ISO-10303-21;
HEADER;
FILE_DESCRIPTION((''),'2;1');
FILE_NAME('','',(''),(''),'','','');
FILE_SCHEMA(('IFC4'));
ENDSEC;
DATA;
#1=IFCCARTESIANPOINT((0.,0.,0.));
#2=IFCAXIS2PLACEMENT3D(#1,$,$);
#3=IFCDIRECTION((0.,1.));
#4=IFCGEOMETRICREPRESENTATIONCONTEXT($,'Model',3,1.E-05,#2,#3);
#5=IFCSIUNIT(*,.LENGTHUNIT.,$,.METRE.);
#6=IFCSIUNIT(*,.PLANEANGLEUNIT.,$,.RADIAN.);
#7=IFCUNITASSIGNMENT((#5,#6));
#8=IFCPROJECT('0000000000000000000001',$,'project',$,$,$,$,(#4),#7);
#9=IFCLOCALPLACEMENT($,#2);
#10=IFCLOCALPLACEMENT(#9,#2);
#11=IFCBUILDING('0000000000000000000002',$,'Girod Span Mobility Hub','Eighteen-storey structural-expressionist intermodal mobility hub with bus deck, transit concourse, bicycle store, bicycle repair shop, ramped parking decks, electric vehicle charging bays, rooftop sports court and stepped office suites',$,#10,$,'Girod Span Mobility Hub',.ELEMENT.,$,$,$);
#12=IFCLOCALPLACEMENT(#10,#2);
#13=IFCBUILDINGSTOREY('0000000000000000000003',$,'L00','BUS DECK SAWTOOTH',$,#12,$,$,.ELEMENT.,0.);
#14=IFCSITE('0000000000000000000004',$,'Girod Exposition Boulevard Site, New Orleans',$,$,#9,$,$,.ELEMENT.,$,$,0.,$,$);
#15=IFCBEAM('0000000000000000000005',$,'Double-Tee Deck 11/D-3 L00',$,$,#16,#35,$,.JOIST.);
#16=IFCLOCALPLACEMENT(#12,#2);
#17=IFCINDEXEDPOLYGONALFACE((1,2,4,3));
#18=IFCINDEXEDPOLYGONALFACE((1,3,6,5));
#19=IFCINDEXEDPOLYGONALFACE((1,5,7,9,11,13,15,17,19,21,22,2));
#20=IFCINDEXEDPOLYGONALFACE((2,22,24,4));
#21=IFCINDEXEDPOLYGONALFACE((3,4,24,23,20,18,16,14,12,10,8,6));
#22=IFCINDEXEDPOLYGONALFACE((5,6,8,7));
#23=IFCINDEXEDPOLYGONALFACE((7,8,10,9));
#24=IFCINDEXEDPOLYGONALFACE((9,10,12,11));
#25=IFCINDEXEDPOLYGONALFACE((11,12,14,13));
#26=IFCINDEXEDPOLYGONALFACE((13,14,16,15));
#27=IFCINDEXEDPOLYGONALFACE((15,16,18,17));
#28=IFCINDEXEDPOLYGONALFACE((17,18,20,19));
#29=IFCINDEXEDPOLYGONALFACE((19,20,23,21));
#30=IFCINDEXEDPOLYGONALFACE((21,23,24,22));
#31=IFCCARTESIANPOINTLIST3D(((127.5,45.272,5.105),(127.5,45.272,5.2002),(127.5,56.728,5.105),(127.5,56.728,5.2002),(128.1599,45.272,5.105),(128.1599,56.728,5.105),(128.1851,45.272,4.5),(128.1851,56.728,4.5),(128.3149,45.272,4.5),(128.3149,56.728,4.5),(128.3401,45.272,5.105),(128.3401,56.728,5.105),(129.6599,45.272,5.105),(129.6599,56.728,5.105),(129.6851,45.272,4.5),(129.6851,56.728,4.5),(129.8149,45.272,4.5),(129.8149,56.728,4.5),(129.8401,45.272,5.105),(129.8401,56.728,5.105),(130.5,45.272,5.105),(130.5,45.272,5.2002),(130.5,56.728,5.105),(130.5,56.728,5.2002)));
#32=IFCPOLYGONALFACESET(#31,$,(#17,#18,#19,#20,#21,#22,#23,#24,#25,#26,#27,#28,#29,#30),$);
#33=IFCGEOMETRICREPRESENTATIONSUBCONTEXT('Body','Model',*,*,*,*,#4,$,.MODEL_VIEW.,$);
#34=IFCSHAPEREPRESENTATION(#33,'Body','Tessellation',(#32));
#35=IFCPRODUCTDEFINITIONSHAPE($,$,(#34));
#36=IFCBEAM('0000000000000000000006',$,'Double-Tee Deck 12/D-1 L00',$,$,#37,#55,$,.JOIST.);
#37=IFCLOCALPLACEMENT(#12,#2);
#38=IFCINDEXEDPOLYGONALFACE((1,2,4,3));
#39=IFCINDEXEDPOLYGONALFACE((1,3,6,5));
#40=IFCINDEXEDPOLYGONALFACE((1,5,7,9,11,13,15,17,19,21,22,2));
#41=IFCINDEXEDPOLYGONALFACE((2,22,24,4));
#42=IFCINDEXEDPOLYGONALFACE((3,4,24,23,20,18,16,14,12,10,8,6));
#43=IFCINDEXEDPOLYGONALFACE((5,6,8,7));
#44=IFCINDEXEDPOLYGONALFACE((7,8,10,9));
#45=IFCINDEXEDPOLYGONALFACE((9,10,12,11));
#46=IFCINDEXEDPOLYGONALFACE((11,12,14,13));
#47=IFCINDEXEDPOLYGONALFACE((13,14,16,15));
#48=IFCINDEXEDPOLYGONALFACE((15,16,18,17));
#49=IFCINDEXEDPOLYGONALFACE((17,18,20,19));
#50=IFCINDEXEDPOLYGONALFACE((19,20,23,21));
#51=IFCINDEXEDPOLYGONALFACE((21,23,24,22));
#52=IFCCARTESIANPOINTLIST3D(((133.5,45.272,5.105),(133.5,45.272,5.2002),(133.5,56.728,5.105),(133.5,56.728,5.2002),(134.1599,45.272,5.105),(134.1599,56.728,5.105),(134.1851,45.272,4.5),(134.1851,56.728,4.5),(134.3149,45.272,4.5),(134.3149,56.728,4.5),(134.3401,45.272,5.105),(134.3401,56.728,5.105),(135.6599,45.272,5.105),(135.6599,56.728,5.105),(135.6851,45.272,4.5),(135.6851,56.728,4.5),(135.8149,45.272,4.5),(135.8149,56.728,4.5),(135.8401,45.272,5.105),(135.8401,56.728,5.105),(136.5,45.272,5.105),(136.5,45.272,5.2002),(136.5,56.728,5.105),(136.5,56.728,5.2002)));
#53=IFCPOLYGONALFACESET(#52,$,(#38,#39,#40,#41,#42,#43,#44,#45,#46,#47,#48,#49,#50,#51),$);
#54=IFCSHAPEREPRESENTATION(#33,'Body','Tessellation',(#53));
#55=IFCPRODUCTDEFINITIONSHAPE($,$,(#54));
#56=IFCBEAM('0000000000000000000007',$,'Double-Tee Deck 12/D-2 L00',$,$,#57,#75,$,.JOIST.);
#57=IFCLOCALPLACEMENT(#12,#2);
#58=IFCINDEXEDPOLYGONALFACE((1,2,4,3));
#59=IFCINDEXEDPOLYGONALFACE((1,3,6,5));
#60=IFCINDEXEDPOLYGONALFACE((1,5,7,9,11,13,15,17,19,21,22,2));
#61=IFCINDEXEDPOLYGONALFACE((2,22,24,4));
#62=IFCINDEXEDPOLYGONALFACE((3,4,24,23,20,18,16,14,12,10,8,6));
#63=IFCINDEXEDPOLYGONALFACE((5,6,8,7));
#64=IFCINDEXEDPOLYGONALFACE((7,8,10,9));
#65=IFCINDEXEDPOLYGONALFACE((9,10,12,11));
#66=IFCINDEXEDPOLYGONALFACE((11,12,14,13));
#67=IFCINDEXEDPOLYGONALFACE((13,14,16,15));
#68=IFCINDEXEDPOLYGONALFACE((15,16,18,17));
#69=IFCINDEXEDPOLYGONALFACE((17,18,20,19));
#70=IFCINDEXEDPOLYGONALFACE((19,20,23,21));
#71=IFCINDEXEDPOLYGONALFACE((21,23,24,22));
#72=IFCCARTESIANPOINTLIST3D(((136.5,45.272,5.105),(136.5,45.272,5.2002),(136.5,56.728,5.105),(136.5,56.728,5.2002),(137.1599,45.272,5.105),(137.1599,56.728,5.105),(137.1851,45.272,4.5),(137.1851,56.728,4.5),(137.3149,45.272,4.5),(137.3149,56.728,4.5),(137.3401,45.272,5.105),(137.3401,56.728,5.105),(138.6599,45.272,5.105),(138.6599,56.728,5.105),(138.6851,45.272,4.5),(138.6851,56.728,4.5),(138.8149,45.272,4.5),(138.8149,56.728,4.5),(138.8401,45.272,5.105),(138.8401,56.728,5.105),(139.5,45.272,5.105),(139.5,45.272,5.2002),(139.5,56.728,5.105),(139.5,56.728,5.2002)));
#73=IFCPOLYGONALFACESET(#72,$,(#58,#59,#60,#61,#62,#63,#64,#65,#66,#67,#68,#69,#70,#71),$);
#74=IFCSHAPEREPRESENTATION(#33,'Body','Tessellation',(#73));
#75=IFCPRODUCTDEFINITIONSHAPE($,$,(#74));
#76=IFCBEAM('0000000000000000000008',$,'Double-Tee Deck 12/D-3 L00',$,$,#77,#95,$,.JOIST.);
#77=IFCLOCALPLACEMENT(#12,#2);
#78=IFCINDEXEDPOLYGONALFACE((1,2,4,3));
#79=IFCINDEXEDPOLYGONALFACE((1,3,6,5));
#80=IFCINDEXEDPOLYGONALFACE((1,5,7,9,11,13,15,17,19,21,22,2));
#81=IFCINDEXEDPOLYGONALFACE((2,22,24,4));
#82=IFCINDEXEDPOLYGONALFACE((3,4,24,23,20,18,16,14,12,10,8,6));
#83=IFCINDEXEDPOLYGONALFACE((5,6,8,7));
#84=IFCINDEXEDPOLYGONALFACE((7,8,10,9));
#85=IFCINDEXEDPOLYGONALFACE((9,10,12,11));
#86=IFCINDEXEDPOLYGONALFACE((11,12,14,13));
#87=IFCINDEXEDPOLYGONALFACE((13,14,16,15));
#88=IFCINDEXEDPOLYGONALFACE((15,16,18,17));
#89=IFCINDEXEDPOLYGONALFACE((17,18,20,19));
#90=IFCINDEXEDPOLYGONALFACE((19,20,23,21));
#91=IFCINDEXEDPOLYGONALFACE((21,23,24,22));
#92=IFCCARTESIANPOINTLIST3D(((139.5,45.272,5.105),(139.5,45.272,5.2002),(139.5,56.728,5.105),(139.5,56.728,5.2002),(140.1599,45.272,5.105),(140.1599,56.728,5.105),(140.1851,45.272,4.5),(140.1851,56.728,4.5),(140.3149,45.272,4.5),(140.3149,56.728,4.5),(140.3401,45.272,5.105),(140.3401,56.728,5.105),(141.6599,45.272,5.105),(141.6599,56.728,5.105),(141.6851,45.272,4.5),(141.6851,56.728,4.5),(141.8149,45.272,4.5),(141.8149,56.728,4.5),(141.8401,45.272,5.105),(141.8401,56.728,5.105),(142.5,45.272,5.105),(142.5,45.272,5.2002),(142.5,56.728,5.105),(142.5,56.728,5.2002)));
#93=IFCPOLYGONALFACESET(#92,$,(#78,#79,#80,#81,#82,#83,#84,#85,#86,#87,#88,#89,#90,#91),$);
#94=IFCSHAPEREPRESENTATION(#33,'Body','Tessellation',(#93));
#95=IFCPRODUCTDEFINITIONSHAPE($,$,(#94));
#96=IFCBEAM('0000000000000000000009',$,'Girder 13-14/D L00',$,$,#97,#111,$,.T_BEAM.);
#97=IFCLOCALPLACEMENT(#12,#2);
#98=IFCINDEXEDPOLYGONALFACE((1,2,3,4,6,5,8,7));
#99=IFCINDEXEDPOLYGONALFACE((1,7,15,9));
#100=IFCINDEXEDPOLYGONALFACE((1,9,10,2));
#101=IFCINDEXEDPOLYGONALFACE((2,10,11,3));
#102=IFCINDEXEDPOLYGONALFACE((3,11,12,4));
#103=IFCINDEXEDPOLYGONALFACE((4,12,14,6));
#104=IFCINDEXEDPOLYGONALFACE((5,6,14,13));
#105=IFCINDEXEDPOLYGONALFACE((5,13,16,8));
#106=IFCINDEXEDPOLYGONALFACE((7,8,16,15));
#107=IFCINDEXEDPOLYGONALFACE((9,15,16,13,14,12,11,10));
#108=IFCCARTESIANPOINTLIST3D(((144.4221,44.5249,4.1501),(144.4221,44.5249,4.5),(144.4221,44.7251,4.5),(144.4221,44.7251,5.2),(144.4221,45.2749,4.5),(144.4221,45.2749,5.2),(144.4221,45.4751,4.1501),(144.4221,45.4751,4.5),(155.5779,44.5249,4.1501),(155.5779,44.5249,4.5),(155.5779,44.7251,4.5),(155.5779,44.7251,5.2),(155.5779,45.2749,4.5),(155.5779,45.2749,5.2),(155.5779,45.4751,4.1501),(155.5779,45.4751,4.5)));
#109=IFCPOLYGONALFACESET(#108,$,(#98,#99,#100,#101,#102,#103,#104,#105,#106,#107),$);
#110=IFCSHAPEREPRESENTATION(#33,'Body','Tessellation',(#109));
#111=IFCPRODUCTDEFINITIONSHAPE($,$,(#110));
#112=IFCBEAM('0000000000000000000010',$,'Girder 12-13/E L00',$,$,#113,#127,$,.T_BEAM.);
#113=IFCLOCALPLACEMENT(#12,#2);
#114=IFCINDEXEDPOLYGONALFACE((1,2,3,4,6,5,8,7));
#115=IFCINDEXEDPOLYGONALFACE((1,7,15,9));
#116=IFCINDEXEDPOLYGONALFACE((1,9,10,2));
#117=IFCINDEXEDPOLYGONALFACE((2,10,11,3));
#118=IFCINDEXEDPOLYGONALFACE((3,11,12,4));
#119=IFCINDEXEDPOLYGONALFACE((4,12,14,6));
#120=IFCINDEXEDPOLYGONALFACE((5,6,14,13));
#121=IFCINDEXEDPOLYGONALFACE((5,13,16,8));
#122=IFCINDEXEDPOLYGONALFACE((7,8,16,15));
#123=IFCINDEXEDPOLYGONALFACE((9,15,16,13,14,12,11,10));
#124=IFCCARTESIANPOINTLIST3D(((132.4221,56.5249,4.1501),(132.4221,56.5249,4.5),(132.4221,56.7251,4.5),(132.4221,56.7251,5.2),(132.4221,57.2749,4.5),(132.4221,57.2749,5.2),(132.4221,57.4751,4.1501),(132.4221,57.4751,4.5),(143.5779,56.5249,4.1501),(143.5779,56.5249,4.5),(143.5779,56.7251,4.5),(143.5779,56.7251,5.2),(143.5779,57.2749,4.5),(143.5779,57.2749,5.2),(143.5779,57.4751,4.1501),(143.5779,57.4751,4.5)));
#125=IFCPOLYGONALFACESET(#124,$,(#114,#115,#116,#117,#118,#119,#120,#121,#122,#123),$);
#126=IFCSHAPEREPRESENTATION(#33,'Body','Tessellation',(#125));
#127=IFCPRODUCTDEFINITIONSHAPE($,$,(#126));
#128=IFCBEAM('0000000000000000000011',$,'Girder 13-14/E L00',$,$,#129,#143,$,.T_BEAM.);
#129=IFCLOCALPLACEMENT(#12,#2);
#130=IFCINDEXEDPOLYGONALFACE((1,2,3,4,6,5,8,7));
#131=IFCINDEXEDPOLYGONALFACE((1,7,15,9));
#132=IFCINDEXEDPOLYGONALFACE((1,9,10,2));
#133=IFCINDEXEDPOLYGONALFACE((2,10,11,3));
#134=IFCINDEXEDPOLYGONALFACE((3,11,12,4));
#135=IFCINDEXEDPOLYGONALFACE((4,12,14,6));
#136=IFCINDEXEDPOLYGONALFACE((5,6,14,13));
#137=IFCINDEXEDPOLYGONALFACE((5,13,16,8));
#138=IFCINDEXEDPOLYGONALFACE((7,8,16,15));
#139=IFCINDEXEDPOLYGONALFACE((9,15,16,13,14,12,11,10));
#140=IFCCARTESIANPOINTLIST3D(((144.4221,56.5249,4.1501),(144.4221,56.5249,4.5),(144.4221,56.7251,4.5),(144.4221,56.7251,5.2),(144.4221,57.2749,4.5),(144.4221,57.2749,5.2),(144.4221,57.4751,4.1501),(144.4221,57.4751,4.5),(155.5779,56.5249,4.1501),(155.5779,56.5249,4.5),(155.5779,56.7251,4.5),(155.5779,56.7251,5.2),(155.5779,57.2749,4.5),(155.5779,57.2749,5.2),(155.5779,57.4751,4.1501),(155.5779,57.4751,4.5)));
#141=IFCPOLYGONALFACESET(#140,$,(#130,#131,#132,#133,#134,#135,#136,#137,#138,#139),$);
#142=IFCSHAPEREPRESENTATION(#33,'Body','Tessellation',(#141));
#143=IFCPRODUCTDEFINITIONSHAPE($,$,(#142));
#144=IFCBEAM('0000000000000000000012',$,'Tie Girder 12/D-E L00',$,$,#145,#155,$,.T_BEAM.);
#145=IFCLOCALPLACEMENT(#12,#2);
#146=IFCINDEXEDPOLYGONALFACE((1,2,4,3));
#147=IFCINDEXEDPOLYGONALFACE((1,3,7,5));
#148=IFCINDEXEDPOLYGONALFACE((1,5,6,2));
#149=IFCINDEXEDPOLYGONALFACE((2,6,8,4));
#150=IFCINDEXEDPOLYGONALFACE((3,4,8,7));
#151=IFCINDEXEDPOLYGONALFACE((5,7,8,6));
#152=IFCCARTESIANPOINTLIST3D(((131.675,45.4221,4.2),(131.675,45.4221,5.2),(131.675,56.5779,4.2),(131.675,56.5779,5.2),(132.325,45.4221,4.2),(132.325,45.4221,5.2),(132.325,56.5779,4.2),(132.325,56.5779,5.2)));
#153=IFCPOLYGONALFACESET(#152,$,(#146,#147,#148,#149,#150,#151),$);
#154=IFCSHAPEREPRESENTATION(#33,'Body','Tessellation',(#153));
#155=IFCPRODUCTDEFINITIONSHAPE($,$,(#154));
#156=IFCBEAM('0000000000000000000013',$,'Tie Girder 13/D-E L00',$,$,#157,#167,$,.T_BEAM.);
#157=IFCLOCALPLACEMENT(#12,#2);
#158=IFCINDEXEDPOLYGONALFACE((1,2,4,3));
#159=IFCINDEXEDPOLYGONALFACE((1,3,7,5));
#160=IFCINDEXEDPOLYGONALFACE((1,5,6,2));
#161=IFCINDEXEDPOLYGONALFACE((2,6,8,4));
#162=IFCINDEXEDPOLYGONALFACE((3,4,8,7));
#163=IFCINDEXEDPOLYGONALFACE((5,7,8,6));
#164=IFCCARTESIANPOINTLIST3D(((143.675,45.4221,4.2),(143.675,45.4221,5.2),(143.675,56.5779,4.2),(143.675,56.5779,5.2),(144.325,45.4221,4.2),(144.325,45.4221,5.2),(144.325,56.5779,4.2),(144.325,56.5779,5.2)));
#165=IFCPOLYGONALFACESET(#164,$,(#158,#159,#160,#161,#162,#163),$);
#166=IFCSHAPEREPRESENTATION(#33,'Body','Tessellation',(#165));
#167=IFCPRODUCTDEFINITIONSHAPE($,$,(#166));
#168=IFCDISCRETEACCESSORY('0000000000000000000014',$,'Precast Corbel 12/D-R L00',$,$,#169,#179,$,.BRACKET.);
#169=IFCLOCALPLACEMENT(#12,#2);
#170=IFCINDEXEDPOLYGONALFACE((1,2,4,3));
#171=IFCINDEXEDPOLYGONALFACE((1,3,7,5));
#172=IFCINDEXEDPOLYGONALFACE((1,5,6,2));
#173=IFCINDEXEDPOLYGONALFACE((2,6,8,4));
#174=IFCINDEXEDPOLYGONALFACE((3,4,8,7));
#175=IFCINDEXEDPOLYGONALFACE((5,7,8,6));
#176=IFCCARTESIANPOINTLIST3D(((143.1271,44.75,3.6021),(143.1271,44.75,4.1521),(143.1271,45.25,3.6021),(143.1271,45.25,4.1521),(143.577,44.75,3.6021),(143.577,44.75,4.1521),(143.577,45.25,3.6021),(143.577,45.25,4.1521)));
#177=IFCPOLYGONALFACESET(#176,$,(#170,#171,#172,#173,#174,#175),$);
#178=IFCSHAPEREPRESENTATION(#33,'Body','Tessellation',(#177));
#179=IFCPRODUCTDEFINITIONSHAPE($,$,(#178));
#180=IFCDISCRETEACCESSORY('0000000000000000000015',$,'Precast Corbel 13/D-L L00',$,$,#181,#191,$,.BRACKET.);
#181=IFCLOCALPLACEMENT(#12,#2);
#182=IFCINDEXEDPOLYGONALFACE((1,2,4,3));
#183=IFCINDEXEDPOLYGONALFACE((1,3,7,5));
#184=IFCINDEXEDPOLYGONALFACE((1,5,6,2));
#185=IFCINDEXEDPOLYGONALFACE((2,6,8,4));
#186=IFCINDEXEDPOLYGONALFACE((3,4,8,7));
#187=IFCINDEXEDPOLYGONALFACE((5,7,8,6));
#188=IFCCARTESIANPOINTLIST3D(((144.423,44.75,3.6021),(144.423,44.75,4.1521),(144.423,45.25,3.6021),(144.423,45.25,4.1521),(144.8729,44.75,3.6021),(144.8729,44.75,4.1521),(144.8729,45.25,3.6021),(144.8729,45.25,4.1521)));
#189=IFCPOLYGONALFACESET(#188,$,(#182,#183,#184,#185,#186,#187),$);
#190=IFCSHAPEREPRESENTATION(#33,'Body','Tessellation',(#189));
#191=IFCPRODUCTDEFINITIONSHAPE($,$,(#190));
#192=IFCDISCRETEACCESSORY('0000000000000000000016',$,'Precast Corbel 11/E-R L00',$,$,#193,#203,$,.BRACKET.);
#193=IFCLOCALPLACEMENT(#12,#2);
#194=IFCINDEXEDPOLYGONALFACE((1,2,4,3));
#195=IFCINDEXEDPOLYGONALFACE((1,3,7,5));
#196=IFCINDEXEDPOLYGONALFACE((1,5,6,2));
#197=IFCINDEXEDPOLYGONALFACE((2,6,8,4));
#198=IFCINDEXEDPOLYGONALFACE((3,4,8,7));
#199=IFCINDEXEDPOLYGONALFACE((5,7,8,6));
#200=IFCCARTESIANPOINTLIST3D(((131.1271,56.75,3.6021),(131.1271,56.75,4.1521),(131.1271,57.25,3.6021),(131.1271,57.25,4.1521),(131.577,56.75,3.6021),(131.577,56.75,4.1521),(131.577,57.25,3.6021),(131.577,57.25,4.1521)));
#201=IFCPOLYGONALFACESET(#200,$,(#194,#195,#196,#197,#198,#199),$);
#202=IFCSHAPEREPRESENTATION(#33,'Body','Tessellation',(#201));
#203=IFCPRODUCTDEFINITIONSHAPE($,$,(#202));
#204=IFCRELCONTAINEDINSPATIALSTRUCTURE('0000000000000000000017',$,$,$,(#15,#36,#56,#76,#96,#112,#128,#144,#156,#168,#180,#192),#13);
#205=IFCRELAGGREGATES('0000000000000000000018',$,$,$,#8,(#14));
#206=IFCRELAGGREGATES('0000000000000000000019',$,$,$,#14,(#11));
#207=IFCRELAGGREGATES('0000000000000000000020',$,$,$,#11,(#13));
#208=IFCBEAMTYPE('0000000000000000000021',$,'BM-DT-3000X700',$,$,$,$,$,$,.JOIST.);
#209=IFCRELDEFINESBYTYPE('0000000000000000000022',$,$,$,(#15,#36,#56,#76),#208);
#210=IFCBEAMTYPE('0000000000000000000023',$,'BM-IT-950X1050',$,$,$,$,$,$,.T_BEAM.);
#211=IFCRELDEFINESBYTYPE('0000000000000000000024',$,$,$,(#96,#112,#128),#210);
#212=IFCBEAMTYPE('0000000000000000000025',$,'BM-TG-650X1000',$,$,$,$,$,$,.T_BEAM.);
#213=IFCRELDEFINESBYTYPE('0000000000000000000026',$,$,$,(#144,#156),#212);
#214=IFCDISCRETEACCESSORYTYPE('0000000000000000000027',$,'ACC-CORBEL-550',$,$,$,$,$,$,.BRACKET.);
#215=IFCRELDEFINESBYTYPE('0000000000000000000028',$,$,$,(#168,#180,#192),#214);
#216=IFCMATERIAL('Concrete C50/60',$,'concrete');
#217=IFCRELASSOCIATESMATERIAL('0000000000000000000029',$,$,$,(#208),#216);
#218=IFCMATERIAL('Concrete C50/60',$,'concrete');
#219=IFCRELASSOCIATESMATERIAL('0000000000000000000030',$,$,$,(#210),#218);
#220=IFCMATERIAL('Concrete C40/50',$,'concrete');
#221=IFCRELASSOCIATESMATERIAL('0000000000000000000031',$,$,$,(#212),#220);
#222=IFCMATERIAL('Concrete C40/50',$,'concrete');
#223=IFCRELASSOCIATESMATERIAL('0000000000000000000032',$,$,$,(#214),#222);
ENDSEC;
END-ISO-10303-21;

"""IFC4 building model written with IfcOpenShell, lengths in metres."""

from ifc_helpers import new_model, si_unit, direction, frame, origin, origin_2d, place, context, subcontext, project, spatial, polyline, rectangle, outline, extrude, material, material_profile, profile_set, type_object, element, save


model = new_model("IFC4")

# Units and contexts
model_context = context("Model", 3, precision=1e-05, world=origin(), true_north=direction((0.0, 1.0)))
body_context = subcontext(model_context, "Body", "Model", "MODEL_VIEW")
ifc_project = project(units=[si_unit("LENGTHUNIT", "METRE"), si_unit("PLANEANGLEUNIT", "RADIAN")], contexts=[model_context])

# Site, building, storey
site_placement = place(None, origin())
site = spatial("IfcSite", under=ifc_project, at=site_placement, Name="Girod Exposition Boulevard Site, New Orleans", CompositionType="ELEMENT", RefElevation=0.0)
building_placement = place(site_placement, origin())
building = spatial("IfcBuilding", under=site, at=building_placement, Name="Girod Span Mobility Hub", Description="Eighteen-storey structural-expressionist intermodal mobility hub with bus deck, transit concourse, bicycle store, bicycle repair shop, ramped parking decks, electric vehicle charging bays, rooftop sports court and stepped office suites", LongName="Girod Span Mobility Hub", CompositionType="ELEMENT")
storey_placement = place(building_placement, origin())
storey = spatial("IfcBuildingStorey", under=building, at=storey_placement, Name="L00", Description="BUS DECK SAWTOOTH", CompositionType="ELEMENT", Elevation=0.0)

# Beams
ifc_material_1 = material(Name="Concrete C50/60", Category="concrete")
ifc_material_profile_1 = material_profile(ifc_material_1, outline(polyline([(-1.5, 0.3501), (-1.5, 0.2549), (-0.8401, 0.2549), (-0.8149, -0.3501), (-0.6851, -0.3501), (-0.6599, 0.2549), (0.6599, 0.2549), (0.6851, -0.3501), (0.8149, -0.3501), (0.8401, 0.2549), (1.5, 0.2549), (1.5, 0.3501), (-1.5, 0.3501)])), Name="DT-3000X700")
ifc_profile_set_1 = profile_set([ifc_material_profile_1], Name="Concrete C50/60")
beam_type_1 = type_object("IfcBeamType", Name="BM-DT-3000X700", PredefinedType="JOIST", material=ifc_profile_set_1)
for number, where, z_axis, x_axis, name in (
    (1, (129.0, 45.272, 4.8501), (0.0, 1.0, 0.0), (-1.0, 0.0, 0.0), "Double-Tee Deck 11/D-3 L00"),
    (2, (135.0, 45.272, 4.8501), (0.0, 1.0, 0.0), (-1.0, 0.0, 0.0), "Double-Tee Deck 12/D-1 L00"),
    (3, (138.0, 45.272, 4.8501), (0.0, 1.0, 0.0), (-1.0, 0.0, 0.0), "Double-Tee Deck 12/D-2 L00"),
    (4, (141.0, 45.272, 4.8501), (0.0, 1.0, 0.0), (-1.0, 0.0, 0.0), "Double-Tee Deck 12/D-3 L00"),
):
    element("IfcBeam", number, at=place(storey_placement, frame(where, z_axis=z_axis, x_axis=x_axis)), inside=storey, type_object=beam_type_1, Name=name, PredefinedType="JOIST", context=body_context, shape_type="SweptSolid", body=[
        extrude(outline(polyline([(-1.5, 0.3501), (-1.5, 0.2549), (-0.8401, 0.2549), (-0.8149, -0.3501), (-0.6851, -0.3501), (-0.6599, 0.2549), (0.6599, 0.2549), (0.6851, -0.3501), (0.8149, -0.3501), (0.8401, 0.2549), (1.5, 0.2549), (1.5, 0.3501), (-1.5, 0.3501)])), origin(), (0.0, 0.0, 1.0), 11.4561),
    ])
ifc_material_2 = material(Name="Concrete C50/60", Category="concrete")
ifc_material_profile_2 = material_profile(ifc_material_2, outline(polyline([(-0.4751, -0.5249), (0.4751, -0.5249), (0.4751, -0.175), (0.2749, -0.175), (0.2749, 0.5249), (-0.2749, 0.5249), (-0.2749, -0.175), (-0.4751, -0.175), (-0.4751, -0.5249)])), Name="IT-950X1050")
ifc_profile_set_2 = profile_set([ifc_material_profile_2], Name="Concrete C50/60")
beam_type_2 = type_object("IfcBeamType", Name="BM-IT-950X1050", PredefinedType="T_BEAM", material=ifc_profile_set_2)
for number, where, z_axis, x_axis, name in (
    (5, (144.4221, 45.0, 4.675), (1.0, 0.0, 0.0), (0.0, 1.0, 0.0), "Girder 13-14/D L00"),
    (6, (132.4221, 57.0, 4.675), (1.0, 0.0, 0.0), (0.0, 1.0, 0.0), "Girder 12-13/E L00"),
    (7, (144.4221, 57.0, 4.675), (1.0, 0.0, 0.0), (0.0, 1.0, 0.0), "Girder 13-14/E L00"),
):
    element("IfcBeam", number, at=place(storey_placement, frame(where, z_axis=z_axis, x_axis=x_axis)), inside=storey, type_object=beam_type_2, Name=name, PredefinedType="T_BEAM", context=body_context, shape_type="SweptSolid", body=[
        extrude(outline(polyline([(-0.4751, -0.5249), (0.4751, -0.5249), (0.4751, -0.175), (0.2749, -0.175), (0.2749, 0.5249), (-0.2749, 0.5249), (-0.2749, -0.175), (-0.4751, -0.175), (-0.4751, -0.5249)])), origin(), (0.0, 0.0, 1.0), 11.1558),
    ])
ifc_material_3 = material(Name="Concrete C40/50", Category="concrete")
ifc_material_profile_3 = material_profile(ifc_material_3, rectangle(XDim=0.6499, YDim=1.0, at=origin_2d()), Name="TG-650X1000")
ifc_profile_set_3 = profile_set([ifc_material_profile_3], Name="Concrete C40/50")
beam_type_3 = type_object("IfcBeamType", Name="BM-TG-650X1000", PredefinedType="T_BEAM", material=ifc_profile_set_3)
for number, where, z_axis, x_axis, name in (
    (8, (132.0, 45.4221, 4.7), (0.0, 1.0, 0.0), (-1.0, 0.0, 0.0), "Tie Girder 12/D-E L00"),
    (9, (144.0, 45.4221, 4.7), (0.0, 1.0, 0.0), (-1.0, 0.0, 0.0), "Tie Girder 13/D-E L00"),
):
    element("IfcBeam", number, at=place(storey_placement, frame(where, z_axis=z_axis, x_axis=x_axis)), inside=storey, type_object=beam_type_3, Name=name, PredefinedType="T_BEAM", context=body_context, shape_type="SweptSolid", body=[
        extrude(rectangle(XDim=0.6499, YDim=1.0, at=origin_2d()), origin(), (0.0, 0.0, 1.0), 11.1558),
    ])

# Discrete accessories
ifc_material_4 = material(Name="Concrete C40/50", Category="concrete")
discrete_accessory_type = type_object("IfcDiscreteAccessoryType", Name="ACC-CORBEL-550", PredefinedType="BRACKET", material=ifc_material_4)
for number, where, z_axis, x_axis, name in (
    (10, (143.3521, 45.0, 3.6021), (0.0, 0.0, 1.0), (1.0, 0.0, 0.0), "Precast Corbel 12/D-R L00"),
    (11, (144.6479, 45.0, 3.6021), (0.0, 0.0, 1.0), (1.0, 0.0, 0.0), "Precast Corbel 13/D-L L00"),
    (12, (131.3521, 57.0, 3.6021), (0.0, 0.0, 1.0), (1.0, 0.0, 0.0), "Precast Corbel 11/E-R L00"),
):
    element("IfcDiscreteAccessory", number, at=place(storey_placement, frame(where, z_axis=z_axis, x_axis=x_axis)), inside=storey, type_object=discrete_accessory_type, Name=name, PredefinedType="BRACKET", context=body_context, shape_type="SweptSolid", body=[
        extrude(rectangle(XDim=0.45, YDim=0.5, at=origin_2d()), origin(), (0.0, 0.0, 1.0), 0.55),
    ])

save(model, "model.ifc")
